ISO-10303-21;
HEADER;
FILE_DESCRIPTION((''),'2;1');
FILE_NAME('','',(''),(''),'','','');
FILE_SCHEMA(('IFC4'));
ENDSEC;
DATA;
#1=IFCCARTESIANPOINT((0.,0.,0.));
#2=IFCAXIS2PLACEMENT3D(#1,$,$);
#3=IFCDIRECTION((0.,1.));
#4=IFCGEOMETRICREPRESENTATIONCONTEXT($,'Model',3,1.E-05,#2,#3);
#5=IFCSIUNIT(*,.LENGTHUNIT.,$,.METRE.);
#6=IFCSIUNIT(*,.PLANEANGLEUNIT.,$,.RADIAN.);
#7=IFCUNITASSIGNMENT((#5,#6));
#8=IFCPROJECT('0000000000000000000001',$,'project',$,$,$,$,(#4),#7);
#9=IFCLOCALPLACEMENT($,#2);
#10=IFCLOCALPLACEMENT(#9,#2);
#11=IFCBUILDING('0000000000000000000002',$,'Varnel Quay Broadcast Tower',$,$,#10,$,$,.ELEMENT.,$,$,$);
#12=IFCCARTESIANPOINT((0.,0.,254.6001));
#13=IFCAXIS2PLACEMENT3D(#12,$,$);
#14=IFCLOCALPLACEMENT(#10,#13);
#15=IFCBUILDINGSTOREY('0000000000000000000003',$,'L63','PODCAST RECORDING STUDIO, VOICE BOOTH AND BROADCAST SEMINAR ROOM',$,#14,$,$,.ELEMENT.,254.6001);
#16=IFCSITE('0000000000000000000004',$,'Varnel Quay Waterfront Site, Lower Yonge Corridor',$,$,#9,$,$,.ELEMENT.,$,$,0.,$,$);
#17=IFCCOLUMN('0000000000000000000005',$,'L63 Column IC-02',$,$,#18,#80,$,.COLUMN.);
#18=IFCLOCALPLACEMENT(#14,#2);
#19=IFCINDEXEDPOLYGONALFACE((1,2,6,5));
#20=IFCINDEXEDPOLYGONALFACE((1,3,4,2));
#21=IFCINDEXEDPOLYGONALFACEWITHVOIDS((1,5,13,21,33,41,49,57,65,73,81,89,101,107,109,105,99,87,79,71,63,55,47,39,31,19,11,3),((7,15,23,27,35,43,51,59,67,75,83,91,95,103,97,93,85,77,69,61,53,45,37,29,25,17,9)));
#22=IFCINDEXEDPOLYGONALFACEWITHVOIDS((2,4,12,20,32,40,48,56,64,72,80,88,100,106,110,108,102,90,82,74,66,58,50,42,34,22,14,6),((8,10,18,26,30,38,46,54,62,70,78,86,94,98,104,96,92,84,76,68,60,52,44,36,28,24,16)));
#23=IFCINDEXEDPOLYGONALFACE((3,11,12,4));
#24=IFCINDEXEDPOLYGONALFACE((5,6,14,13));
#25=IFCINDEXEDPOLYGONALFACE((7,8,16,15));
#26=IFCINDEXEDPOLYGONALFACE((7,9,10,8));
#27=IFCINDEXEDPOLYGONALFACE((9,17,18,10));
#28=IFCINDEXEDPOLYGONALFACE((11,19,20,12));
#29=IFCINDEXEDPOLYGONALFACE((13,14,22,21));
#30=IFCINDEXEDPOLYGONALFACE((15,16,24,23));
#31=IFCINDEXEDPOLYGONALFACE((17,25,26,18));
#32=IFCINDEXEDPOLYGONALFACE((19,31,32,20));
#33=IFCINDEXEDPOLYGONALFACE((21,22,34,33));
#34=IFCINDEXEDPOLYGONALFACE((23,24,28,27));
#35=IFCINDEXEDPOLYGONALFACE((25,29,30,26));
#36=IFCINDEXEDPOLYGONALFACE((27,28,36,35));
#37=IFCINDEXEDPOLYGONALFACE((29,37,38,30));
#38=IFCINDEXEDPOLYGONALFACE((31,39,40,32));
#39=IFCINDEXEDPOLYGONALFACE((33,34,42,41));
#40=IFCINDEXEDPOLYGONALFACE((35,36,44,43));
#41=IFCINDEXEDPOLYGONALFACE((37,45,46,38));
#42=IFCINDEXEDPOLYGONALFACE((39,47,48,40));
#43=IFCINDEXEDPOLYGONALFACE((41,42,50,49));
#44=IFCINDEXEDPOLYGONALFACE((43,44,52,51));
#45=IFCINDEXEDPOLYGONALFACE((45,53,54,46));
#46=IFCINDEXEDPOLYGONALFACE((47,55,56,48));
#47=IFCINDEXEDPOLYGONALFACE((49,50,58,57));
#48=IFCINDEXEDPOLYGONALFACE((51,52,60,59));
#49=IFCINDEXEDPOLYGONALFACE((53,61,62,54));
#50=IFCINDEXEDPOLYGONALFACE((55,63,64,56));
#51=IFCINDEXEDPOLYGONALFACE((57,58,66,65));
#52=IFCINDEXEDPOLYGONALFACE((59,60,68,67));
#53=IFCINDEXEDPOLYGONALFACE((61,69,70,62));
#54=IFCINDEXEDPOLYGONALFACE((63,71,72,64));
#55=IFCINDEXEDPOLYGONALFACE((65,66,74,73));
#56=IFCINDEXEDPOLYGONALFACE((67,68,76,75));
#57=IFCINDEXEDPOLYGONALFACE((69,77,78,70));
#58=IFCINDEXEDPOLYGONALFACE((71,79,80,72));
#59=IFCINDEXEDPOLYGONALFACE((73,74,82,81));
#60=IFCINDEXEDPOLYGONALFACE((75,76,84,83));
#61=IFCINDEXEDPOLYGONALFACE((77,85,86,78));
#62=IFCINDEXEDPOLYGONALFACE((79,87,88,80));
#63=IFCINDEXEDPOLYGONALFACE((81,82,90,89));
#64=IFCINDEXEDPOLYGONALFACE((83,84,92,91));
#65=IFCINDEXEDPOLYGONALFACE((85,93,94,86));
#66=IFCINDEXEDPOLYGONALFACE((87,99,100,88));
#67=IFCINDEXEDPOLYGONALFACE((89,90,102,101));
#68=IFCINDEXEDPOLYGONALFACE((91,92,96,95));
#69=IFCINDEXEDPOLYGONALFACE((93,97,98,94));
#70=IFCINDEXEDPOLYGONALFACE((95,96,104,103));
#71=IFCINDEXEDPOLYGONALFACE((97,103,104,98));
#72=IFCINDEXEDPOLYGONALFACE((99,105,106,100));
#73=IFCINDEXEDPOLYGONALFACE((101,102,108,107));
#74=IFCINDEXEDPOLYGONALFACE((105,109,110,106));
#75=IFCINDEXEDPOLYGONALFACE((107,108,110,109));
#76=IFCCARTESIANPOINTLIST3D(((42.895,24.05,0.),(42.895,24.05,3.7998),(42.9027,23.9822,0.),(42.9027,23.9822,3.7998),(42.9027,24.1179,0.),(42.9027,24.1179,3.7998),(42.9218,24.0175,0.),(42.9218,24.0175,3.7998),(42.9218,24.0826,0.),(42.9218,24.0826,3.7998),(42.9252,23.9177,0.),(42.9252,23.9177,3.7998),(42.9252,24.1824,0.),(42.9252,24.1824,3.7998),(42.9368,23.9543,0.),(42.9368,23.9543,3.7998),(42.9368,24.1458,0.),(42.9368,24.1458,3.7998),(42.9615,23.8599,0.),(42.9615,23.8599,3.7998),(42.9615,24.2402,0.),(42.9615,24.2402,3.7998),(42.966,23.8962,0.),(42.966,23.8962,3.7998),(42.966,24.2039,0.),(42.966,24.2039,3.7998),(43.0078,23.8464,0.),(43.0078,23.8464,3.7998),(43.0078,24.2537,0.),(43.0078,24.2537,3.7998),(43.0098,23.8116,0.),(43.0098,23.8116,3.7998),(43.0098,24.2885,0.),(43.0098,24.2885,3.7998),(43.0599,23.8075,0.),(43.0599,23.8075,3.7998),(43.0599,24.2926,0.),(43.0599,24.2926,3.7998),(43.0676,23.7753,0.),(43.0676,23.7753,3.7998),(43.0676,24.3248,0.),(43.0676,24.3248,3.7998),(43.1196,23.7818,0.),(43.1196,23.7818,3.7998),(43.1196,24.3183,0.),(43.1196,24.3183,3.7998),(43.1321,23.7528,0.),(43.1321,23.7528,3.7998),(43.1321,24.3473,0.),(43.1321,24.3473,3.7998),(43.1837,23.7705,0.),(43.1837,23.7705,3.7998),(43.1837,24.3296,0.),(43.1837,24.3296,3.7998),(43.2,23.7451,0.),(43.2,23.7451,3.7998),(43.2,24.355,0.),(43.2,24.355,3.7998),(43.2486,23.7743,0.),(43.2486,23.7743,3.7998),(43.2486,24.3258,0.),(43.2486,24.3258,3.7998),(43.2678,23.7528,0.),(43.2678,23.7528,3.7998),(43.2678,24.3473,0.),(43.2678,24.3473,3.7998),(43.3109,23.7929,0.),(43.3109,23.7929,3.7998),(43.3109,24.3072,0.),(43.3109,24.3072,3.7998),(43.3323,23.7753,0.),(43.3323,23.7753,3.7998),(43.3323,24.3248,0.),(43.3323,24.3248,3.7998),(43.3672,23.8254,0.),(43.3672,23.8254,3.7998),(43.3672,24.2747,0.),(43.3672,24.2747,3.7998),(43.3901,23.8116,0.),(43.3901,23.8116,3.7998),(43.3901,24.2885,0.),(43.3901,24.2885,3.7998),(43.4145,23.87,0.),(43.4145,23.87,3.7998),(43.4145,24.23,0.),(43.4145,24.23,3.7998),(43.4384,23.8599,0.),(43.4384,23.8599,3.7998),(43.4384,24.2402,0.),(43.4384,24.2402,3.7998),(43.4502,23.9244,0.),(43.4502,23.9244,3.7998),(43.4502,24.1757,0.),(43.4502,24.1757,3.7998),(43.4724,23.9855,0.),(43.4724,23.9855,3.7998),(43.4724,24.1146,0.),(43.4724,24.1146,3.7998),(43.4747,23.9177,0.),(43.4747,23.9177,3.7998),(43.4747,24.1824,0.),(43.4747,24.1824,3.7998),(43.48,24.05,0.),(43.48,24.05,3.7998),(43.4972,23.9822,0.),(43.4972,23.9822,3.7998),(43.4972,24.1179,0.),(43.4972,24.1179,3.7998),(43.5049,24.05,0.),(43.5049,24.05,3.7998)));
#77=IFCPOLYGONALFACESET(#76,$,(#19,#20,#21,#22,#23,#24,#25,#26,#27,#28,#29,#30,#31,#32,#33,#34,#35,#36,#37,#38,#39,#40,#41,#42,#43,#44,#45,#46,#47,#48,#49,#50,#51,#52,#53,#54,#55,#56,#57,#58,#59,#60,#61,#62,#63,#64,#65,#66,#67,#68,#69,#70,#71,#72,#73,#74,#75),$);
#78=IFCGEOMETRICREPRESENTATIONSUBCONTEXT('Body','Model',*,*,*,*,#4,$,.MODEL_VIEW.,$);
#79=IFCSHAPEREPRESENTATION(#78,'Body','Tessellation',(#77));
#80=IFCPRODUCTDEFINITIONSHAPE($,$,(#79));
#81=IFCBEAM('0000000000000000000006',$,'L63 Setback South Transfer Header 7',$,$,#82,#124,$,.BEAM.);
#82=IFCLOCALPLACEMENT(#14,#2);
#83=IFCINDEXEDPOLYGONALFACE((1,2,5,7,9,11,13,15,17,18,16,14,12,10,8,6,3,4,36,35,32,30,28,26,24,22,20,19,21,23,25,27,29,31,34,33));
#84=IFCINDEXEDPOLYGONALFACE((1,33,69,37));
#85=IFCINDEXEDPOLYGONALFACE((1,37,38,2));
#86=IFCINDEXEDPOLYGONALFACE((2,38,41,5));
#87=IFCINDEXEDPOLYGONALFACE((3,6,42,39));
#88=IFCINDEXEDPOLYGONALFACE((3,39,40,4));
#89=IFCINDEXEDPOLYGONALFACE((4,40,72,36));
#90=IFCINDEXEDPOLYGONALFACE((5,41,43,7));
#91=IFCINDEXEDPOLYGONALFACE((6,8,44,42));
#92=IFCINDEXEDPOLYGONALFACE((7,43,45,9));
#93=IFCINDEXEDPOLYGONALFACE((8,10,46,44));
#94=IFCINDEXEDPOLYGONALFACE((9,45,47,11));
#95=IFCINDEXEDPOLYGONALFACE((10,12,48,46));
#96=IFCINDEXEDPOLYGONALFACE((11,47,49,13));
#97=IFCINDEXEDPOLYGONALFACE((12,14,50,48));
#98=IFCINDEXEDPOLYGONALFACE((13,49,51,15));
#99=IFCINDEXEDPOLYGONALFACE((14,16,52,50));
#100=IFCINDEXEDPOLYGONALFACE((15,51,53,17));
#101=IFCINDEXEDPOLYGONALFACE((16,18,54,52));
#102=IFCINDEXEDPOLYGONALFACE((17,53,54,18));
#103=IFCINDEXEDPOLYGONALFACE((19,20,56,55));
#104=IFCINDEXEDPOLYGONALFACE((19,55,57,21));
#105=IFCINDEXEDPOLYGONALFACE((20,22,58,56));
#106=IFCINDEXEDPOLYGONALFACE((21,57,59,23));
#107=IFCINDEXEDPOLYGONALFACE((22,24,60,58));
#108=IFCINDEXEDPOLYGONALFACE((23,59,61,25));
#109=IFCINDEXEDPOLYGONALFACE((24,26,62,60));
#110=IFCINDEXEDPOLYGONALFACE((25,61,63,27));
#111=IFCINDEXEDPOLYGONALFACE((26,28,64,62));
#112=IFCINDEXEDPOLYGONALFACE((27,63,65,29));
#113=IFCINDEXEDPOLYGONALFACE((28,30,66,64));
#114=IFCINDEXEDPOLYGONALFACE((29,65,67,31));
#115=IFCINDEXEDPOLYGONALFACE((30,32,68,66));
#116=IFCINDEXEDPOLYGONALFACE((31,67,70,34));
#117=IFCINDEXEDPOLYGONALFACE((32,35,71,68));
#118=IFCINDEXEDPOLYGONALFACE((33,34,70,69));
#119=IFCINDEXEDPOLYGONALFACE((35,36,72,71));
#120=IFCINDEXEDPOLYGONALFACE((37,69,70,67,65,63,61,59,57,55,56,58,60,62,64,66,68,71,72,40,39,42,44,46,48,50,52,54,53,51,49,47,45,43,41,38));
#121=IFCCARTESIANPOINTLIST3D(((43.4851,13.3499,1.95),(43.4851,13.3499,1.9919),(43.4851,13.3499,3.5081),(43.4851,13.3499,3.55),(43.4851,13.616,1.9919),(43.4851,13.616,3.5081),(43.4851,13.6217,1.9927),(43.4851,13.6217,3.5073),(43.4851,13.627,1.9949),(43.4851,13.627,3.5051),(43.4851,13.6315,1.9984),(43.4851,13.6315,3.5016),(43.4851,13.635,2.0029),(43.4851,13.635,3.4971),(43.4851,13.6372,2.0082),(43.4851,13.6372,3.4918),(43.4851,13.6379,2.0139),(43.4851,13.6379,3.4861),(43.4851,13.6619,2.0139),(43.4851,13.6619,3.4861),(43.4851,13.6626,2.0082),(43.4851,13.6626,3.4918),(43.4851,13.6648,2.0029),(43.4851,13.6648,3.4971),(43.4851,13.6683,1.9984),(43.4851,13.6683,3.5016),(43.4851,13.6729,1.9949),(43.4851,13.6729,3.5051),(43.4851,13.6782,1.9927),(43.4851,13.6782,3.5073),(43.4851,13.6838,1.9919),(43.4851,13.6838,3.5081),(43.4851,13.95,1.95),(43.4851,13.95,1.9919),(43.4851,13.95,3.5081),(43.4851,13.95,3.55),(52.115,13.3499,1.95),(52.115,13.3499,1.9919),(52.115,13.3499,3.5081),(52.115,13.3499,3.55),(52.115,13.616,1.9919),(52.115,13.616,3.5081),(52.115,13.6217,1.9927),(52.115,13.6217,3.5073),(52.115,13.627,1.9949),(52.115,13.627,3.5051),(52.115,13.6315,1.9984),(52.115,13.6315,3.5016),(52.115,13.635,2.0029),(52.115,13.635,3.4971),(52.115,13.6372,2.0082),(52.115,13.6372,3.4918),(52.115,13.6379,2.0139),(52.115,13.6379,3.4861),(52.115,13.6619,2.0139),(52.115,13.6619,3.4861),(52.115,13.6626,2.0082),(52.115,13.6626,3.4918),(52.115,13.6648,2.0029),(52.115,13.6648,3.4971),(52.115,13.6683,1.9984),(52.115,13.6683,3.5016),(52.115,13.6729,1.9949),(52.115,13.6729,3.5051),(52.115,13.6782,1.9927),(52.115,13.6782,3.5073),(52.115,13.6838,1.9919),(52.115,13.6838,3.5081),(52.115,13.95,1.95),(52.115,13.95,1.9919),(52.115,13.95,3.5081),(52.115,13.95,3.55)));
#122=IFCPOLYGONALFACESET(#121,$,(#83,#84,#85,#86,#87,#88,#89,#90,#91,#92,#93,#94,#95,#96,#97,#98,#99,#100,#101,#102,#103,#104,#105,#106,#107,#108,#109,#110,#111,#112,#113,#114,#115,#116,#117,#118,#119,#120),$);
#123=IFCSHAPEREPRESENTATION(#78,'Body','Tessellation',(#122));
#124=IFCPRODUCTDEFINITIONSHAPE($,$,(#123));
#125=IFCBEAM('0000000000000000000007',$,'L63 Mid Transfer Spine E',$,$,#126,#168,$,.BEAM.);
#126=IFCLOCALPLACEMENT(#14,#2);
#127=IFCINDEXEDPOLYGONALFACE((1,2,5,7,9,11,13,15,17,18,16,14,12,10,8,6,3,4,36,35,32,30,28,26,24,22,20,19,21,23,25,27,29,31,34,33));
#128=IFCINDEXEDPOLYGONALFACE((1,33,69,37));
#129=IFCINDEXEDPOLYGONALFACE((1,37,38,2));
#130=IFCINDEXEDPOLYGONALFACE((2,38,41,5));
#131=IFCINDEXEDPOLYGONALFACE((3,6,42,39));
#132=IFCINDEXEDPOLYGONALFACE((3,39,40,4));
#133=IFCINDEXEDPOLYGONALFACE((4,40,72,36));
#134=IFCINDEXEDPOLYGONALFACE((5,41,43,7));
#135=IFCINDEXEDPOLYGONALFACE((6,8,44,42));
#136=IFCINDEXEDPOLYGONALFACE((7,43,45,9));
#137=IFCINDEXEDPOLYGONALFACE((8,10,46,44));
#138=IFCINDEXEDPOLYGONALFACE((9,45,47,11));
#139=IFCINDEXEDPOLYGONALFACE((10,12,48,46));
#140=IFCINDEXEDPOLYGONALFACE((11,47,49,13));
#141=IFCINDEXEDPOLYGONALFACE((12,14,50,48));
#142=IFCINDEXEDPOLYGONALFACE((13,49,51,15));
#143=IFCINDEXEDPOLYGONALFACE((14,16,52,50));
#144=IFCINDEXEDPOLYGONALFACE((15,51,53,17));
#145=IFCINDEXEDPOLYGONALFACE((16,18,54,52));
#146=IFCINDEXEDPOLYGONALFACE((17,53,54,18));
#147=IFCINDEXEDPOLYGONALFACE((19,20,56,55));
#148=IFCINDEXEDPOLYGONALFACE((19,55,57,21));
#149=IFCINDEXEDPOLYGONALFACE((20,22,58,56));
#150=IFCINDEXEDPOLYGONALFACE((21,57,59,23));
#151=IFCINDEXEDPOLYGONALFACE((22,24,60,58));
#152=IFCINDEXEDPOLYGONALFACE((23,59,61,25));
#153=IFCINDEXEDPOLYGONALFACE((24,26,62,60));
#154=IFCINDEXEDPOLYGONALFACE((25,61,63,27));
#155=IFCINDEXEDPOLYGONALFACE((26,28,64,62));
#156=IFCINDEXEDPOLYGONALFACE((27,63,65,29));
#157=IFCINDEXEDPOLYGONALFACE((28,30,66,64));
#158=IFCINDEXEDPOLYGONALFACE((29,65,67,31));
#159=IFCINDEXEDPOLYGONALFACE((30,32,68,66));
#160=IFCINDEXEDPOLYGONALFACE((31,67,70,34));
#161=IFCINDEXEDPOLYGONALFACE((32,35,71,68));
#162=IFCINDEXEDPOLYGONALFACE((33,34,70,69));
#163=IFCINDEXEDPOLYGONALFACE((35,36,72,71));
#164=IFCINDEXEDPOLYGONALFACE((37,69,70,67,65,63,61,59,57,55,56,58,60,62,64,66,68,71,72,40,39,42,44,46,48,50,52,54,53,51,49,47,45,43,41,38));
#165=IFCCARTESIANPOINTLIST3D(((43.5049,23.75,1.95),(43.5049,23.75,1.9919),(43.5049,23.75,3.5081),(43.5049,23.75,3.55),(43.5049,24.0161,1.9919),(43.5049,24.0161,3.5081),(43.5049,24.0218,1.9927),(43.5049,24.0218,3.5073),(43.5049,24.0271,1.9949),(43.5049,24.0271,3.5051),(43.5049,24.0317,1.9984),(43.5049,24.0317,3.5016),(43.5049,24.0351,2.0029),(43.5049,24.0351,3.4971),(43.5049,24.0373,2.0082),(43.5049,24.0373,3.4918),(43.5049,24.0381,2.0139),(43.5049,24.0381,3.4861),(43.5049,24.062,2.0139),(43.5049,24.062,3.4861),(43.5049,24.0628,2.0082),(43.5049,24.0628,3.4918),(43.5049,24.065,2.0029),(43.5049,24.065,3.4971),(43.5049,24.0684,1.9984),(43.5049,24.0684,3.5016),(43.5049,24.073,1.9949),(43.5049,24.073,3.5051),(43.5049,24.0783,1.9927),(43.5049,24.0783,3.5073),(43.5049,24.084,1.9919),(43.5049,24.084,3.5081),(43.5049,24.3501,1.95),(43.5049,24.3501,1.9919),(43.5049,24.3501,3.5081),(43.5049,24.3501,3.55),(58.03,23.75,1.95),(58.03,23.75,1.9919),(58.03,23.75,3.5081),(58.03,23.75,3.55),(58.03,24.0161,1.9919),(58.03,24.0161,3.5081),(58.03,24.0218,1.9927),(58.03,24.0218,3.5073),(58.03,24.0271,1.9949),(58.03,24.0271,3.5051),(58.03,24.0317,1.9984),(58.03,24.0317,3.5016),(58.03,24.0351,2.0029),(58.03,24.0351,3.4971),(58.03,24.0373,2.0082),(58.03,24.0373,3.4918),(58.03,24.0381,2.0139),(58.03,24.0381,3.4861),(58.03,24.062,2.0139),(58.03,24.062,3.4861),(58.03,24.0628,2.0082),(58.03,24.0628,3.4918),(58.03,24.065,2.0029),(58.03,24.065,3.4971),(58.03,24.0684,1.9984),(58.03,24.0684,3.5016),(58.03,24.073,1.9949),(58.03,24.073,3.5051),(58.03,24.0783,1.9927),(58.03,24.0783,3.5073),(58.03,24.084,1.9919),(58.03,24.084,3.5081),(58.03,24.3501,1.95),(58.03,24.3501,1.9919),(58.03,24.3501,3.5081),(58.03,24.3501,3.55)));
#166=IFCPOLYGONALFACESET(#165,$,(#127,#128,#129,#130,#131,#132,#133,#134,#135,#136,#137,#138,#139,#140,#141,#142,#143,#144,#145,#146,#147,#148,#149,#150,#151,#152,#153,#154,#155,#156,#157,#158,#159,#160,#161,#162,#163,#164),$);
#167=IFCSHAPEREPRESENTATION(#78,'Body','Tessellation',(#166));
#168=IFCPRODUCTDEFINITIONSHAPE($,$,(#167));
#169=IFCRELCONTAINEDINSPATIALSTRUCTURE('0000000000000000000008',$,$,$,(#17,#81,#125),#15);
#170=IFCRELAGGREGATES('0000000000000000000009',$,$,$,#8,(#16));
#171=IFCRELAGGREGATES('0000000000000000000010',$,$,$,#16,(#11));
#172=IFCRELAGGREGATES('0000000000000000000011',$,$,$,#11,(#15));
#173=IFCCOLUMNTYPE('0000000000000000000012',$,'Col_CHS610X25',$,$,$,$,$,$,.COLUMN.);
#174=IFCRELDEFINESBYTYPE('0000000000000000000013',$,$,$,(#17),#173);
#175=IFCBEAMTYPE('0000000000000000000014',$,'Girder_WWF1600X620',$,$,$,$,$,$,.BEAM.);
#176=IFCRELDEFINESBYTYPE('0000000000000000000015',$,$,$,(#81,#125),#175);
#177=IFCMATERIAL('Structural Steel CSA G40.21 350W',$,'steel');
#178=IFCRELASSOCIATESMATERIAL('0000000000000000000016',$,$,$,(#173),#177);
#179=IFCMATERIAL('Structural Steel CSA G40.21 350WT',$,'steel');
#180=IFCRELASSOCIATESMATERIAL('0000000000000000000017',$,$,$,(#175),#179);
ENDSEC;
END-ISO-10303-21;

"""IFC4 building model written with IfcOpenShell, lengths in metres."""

from ifc_helpers import new_model, si_unit, direction, frame, origin, origin_2d, place, context, subcontext, project, spatial, hollow_circle, i_section, extrude, source, transform, mapped, material, material_profile, profile_set, type_object, type_shapes, element, save


model = new_model("IFC4")

# Units and contexts
model_context = context("Model", 3, precision=1e-05, world=origin(), true_north=direction((0.0, 1.0)))
body_context = subcontext(model_context, "Body", "Model", "MODEL_VIEW")
ifc_project = project(units=[si_unit("LENGTHUNIT", "METRE"), si_unit("PLANEANGLEUNIT", "RADIAN")], contexts=[model_context])

# Site, building, storey
site_placement = place(None, origin())
site = spatial("IfcSite", under=ifc_project, at=site_placement, Name="Varnel Quay Waterfront Site, Lower Yonge Corridor", CompositionType="ELEMENT", RefElevation=0.0)
building_placement = place(site_placement, origin())
building = spatial("IfcBuilding", under=site, at=building_placement, Name="Varnel Quay Broadcast Tower", CompositionType="ELEMENT")
storey_placement = place(building_placement, frame((0.0, 0.0, 254.6001)))
storey = spatial("IfcBuildingStorey", under=building, at=storey_placement, Name="L63", Description="PODCAST RECORDING STUDIO, VOICE BOOTH AND BROADCAST SEMINAR ROOM", CompositionType="ELEMENT", Elevation=254.6001)

# Column
ifc_material_1 = material(Name="Structural Steel CSA G40.21 350W", Category="steel")
ifc_material_profile_1 = material_profile(ifc_material_1, hollow_circle(Radius=0.3049, WallThickness=0.0249, at=origin_2d()), Name="CHS610X25")
ifc_profile_set_1 = profile_set([ifc_material_profile_1], Name="Structural Steel CSA G40.21 350W")
column_type = type_object("IfcColumnType", Name="Col_CHS610X25", PredefinedType="COLUMN", material=ifc_profile_set_1)
shared_shape_1 = source(origin(), body_context, "Body", "SweptSolid", [
    extrude(hollow_circle(Radius=0.3049, WallThickness=0.0249, at=origin_2d()), origin(), (0.0, 0.0, 1.0), 3.7998),
])
type_shapes(column_type, [shared_shape_1])
column_placement = place(storey_placement, frame((43.2, 24.05, 0.0), z_axis=(0.0, 0.0, 1.0), x_axis=(1.0, 0.0, 0.0)))
element("IfcColumn", 1, at=column_placement, inside=storey, type_object=column_type, Name="L63 Column IC-02", PredefinedType="COLUMN", context=body_context, shape_type="MappedRepresentation", body=[
    mapped(shared_shape_1, transform((0.0, 0.0, 0.0), x_axis=(1.0, 0.0, 0.0), y_axis=(0.0, 1.0, 0.0), z_axis=(0.0, 0.0, 1.0), scale=1.0)),
])

# Beams
ifc_material_2 = material(Name="Structural Steel CSA G40.21 350WT", Category="steel")
ifc_material_profile_2 = material_profile(ifc_material_2, i_section(OverallWidth=0.6001, OverallDepth=1.6001, WebThickness=0.0239, FlangeThickness=0.042, FilletRadius=0.022, at=origin_2d()), Name="WWF1600X620")
ifc_profile_set_2 = profile_set([ifc_material_profile_2], Name="Structural Steel CSA G40.21 350WT")
beam_type_1 = type_object("IfcBeamType", Name="Girder_WWF1600X620", PredefinedType="BEAM", material=ifc_profile_set_2)
shared_shape_2 = source(origin(), body_context, "Body", "SweptSolid", [
    extrude(i_section(OverallWidth=0.6001, OverallDepth=1.6001, WebThickness=0.0239, FlangeThickness=0.042, FilletRadius=0.022, at=origin_2d()), origin(), (0.0, 0.0, 1.0), 8.6299),
])
beam_1_placement = place(storey_placement, frame((43.4851, 13.6499, 2.75), z_axis=(1.0, 0.0, 0.0), x_axis=(0.0, 1.0, 0.0)))
element("IfcBeam", 2, at=beam_1_placement, inside=storey, type_object=beam_type_1, Name="L63 Setback South Transfer Header 7", PredefinedType="BEAM", context=body_context, shape_type="MappedRepresentation", body=[
    mapped(shared_shape_2, transform((0.0, 0.0, 0.0), x_axis=(1.0, 0.0, 0.0), y_axis=(0.0, 1.0, 0.0), z_axis=(0.0, 0.0, 1.0), scale=1.0)),
])
shared_shape_3 = source(origin(), body_context, "Body", "SweptSolid", [
    extrude(i_section(OverallWidth=0.6001, OverallDepth=1.6001, WebThickness=0.0239, FlangeThickness=0.042, FilletRadius=0.022, at=origin_2d()), origin(), (0.0, 0.0, 1.0), 14.5251),
])
beam_2_placement = place(storey_placement, frame((43.5049, 24.05, 2.75), z_axis=(1.0, 0.0, 0.0), x_axis=(0.0, 1.0, 0.0)))
element("IfcBeam", 3, at=beam_2_placement, inside=storey, type_object=beam_type_1, Name="L63 Mid Transfer Spine E", PredefinedType="BEAM", context=body_context, shape_type="MappedRepresentation", body=[
    mapped(shared_shape_3, transform((0.0, 0.0, 0.0), x_axis=(1.0, 0.0, 0.0), y_axis=(0.0, 1.0, 0.0), z_axis=(0.0, 0.0, 1.0), scale=1.0)),
])

save(model, "model.ifc")
